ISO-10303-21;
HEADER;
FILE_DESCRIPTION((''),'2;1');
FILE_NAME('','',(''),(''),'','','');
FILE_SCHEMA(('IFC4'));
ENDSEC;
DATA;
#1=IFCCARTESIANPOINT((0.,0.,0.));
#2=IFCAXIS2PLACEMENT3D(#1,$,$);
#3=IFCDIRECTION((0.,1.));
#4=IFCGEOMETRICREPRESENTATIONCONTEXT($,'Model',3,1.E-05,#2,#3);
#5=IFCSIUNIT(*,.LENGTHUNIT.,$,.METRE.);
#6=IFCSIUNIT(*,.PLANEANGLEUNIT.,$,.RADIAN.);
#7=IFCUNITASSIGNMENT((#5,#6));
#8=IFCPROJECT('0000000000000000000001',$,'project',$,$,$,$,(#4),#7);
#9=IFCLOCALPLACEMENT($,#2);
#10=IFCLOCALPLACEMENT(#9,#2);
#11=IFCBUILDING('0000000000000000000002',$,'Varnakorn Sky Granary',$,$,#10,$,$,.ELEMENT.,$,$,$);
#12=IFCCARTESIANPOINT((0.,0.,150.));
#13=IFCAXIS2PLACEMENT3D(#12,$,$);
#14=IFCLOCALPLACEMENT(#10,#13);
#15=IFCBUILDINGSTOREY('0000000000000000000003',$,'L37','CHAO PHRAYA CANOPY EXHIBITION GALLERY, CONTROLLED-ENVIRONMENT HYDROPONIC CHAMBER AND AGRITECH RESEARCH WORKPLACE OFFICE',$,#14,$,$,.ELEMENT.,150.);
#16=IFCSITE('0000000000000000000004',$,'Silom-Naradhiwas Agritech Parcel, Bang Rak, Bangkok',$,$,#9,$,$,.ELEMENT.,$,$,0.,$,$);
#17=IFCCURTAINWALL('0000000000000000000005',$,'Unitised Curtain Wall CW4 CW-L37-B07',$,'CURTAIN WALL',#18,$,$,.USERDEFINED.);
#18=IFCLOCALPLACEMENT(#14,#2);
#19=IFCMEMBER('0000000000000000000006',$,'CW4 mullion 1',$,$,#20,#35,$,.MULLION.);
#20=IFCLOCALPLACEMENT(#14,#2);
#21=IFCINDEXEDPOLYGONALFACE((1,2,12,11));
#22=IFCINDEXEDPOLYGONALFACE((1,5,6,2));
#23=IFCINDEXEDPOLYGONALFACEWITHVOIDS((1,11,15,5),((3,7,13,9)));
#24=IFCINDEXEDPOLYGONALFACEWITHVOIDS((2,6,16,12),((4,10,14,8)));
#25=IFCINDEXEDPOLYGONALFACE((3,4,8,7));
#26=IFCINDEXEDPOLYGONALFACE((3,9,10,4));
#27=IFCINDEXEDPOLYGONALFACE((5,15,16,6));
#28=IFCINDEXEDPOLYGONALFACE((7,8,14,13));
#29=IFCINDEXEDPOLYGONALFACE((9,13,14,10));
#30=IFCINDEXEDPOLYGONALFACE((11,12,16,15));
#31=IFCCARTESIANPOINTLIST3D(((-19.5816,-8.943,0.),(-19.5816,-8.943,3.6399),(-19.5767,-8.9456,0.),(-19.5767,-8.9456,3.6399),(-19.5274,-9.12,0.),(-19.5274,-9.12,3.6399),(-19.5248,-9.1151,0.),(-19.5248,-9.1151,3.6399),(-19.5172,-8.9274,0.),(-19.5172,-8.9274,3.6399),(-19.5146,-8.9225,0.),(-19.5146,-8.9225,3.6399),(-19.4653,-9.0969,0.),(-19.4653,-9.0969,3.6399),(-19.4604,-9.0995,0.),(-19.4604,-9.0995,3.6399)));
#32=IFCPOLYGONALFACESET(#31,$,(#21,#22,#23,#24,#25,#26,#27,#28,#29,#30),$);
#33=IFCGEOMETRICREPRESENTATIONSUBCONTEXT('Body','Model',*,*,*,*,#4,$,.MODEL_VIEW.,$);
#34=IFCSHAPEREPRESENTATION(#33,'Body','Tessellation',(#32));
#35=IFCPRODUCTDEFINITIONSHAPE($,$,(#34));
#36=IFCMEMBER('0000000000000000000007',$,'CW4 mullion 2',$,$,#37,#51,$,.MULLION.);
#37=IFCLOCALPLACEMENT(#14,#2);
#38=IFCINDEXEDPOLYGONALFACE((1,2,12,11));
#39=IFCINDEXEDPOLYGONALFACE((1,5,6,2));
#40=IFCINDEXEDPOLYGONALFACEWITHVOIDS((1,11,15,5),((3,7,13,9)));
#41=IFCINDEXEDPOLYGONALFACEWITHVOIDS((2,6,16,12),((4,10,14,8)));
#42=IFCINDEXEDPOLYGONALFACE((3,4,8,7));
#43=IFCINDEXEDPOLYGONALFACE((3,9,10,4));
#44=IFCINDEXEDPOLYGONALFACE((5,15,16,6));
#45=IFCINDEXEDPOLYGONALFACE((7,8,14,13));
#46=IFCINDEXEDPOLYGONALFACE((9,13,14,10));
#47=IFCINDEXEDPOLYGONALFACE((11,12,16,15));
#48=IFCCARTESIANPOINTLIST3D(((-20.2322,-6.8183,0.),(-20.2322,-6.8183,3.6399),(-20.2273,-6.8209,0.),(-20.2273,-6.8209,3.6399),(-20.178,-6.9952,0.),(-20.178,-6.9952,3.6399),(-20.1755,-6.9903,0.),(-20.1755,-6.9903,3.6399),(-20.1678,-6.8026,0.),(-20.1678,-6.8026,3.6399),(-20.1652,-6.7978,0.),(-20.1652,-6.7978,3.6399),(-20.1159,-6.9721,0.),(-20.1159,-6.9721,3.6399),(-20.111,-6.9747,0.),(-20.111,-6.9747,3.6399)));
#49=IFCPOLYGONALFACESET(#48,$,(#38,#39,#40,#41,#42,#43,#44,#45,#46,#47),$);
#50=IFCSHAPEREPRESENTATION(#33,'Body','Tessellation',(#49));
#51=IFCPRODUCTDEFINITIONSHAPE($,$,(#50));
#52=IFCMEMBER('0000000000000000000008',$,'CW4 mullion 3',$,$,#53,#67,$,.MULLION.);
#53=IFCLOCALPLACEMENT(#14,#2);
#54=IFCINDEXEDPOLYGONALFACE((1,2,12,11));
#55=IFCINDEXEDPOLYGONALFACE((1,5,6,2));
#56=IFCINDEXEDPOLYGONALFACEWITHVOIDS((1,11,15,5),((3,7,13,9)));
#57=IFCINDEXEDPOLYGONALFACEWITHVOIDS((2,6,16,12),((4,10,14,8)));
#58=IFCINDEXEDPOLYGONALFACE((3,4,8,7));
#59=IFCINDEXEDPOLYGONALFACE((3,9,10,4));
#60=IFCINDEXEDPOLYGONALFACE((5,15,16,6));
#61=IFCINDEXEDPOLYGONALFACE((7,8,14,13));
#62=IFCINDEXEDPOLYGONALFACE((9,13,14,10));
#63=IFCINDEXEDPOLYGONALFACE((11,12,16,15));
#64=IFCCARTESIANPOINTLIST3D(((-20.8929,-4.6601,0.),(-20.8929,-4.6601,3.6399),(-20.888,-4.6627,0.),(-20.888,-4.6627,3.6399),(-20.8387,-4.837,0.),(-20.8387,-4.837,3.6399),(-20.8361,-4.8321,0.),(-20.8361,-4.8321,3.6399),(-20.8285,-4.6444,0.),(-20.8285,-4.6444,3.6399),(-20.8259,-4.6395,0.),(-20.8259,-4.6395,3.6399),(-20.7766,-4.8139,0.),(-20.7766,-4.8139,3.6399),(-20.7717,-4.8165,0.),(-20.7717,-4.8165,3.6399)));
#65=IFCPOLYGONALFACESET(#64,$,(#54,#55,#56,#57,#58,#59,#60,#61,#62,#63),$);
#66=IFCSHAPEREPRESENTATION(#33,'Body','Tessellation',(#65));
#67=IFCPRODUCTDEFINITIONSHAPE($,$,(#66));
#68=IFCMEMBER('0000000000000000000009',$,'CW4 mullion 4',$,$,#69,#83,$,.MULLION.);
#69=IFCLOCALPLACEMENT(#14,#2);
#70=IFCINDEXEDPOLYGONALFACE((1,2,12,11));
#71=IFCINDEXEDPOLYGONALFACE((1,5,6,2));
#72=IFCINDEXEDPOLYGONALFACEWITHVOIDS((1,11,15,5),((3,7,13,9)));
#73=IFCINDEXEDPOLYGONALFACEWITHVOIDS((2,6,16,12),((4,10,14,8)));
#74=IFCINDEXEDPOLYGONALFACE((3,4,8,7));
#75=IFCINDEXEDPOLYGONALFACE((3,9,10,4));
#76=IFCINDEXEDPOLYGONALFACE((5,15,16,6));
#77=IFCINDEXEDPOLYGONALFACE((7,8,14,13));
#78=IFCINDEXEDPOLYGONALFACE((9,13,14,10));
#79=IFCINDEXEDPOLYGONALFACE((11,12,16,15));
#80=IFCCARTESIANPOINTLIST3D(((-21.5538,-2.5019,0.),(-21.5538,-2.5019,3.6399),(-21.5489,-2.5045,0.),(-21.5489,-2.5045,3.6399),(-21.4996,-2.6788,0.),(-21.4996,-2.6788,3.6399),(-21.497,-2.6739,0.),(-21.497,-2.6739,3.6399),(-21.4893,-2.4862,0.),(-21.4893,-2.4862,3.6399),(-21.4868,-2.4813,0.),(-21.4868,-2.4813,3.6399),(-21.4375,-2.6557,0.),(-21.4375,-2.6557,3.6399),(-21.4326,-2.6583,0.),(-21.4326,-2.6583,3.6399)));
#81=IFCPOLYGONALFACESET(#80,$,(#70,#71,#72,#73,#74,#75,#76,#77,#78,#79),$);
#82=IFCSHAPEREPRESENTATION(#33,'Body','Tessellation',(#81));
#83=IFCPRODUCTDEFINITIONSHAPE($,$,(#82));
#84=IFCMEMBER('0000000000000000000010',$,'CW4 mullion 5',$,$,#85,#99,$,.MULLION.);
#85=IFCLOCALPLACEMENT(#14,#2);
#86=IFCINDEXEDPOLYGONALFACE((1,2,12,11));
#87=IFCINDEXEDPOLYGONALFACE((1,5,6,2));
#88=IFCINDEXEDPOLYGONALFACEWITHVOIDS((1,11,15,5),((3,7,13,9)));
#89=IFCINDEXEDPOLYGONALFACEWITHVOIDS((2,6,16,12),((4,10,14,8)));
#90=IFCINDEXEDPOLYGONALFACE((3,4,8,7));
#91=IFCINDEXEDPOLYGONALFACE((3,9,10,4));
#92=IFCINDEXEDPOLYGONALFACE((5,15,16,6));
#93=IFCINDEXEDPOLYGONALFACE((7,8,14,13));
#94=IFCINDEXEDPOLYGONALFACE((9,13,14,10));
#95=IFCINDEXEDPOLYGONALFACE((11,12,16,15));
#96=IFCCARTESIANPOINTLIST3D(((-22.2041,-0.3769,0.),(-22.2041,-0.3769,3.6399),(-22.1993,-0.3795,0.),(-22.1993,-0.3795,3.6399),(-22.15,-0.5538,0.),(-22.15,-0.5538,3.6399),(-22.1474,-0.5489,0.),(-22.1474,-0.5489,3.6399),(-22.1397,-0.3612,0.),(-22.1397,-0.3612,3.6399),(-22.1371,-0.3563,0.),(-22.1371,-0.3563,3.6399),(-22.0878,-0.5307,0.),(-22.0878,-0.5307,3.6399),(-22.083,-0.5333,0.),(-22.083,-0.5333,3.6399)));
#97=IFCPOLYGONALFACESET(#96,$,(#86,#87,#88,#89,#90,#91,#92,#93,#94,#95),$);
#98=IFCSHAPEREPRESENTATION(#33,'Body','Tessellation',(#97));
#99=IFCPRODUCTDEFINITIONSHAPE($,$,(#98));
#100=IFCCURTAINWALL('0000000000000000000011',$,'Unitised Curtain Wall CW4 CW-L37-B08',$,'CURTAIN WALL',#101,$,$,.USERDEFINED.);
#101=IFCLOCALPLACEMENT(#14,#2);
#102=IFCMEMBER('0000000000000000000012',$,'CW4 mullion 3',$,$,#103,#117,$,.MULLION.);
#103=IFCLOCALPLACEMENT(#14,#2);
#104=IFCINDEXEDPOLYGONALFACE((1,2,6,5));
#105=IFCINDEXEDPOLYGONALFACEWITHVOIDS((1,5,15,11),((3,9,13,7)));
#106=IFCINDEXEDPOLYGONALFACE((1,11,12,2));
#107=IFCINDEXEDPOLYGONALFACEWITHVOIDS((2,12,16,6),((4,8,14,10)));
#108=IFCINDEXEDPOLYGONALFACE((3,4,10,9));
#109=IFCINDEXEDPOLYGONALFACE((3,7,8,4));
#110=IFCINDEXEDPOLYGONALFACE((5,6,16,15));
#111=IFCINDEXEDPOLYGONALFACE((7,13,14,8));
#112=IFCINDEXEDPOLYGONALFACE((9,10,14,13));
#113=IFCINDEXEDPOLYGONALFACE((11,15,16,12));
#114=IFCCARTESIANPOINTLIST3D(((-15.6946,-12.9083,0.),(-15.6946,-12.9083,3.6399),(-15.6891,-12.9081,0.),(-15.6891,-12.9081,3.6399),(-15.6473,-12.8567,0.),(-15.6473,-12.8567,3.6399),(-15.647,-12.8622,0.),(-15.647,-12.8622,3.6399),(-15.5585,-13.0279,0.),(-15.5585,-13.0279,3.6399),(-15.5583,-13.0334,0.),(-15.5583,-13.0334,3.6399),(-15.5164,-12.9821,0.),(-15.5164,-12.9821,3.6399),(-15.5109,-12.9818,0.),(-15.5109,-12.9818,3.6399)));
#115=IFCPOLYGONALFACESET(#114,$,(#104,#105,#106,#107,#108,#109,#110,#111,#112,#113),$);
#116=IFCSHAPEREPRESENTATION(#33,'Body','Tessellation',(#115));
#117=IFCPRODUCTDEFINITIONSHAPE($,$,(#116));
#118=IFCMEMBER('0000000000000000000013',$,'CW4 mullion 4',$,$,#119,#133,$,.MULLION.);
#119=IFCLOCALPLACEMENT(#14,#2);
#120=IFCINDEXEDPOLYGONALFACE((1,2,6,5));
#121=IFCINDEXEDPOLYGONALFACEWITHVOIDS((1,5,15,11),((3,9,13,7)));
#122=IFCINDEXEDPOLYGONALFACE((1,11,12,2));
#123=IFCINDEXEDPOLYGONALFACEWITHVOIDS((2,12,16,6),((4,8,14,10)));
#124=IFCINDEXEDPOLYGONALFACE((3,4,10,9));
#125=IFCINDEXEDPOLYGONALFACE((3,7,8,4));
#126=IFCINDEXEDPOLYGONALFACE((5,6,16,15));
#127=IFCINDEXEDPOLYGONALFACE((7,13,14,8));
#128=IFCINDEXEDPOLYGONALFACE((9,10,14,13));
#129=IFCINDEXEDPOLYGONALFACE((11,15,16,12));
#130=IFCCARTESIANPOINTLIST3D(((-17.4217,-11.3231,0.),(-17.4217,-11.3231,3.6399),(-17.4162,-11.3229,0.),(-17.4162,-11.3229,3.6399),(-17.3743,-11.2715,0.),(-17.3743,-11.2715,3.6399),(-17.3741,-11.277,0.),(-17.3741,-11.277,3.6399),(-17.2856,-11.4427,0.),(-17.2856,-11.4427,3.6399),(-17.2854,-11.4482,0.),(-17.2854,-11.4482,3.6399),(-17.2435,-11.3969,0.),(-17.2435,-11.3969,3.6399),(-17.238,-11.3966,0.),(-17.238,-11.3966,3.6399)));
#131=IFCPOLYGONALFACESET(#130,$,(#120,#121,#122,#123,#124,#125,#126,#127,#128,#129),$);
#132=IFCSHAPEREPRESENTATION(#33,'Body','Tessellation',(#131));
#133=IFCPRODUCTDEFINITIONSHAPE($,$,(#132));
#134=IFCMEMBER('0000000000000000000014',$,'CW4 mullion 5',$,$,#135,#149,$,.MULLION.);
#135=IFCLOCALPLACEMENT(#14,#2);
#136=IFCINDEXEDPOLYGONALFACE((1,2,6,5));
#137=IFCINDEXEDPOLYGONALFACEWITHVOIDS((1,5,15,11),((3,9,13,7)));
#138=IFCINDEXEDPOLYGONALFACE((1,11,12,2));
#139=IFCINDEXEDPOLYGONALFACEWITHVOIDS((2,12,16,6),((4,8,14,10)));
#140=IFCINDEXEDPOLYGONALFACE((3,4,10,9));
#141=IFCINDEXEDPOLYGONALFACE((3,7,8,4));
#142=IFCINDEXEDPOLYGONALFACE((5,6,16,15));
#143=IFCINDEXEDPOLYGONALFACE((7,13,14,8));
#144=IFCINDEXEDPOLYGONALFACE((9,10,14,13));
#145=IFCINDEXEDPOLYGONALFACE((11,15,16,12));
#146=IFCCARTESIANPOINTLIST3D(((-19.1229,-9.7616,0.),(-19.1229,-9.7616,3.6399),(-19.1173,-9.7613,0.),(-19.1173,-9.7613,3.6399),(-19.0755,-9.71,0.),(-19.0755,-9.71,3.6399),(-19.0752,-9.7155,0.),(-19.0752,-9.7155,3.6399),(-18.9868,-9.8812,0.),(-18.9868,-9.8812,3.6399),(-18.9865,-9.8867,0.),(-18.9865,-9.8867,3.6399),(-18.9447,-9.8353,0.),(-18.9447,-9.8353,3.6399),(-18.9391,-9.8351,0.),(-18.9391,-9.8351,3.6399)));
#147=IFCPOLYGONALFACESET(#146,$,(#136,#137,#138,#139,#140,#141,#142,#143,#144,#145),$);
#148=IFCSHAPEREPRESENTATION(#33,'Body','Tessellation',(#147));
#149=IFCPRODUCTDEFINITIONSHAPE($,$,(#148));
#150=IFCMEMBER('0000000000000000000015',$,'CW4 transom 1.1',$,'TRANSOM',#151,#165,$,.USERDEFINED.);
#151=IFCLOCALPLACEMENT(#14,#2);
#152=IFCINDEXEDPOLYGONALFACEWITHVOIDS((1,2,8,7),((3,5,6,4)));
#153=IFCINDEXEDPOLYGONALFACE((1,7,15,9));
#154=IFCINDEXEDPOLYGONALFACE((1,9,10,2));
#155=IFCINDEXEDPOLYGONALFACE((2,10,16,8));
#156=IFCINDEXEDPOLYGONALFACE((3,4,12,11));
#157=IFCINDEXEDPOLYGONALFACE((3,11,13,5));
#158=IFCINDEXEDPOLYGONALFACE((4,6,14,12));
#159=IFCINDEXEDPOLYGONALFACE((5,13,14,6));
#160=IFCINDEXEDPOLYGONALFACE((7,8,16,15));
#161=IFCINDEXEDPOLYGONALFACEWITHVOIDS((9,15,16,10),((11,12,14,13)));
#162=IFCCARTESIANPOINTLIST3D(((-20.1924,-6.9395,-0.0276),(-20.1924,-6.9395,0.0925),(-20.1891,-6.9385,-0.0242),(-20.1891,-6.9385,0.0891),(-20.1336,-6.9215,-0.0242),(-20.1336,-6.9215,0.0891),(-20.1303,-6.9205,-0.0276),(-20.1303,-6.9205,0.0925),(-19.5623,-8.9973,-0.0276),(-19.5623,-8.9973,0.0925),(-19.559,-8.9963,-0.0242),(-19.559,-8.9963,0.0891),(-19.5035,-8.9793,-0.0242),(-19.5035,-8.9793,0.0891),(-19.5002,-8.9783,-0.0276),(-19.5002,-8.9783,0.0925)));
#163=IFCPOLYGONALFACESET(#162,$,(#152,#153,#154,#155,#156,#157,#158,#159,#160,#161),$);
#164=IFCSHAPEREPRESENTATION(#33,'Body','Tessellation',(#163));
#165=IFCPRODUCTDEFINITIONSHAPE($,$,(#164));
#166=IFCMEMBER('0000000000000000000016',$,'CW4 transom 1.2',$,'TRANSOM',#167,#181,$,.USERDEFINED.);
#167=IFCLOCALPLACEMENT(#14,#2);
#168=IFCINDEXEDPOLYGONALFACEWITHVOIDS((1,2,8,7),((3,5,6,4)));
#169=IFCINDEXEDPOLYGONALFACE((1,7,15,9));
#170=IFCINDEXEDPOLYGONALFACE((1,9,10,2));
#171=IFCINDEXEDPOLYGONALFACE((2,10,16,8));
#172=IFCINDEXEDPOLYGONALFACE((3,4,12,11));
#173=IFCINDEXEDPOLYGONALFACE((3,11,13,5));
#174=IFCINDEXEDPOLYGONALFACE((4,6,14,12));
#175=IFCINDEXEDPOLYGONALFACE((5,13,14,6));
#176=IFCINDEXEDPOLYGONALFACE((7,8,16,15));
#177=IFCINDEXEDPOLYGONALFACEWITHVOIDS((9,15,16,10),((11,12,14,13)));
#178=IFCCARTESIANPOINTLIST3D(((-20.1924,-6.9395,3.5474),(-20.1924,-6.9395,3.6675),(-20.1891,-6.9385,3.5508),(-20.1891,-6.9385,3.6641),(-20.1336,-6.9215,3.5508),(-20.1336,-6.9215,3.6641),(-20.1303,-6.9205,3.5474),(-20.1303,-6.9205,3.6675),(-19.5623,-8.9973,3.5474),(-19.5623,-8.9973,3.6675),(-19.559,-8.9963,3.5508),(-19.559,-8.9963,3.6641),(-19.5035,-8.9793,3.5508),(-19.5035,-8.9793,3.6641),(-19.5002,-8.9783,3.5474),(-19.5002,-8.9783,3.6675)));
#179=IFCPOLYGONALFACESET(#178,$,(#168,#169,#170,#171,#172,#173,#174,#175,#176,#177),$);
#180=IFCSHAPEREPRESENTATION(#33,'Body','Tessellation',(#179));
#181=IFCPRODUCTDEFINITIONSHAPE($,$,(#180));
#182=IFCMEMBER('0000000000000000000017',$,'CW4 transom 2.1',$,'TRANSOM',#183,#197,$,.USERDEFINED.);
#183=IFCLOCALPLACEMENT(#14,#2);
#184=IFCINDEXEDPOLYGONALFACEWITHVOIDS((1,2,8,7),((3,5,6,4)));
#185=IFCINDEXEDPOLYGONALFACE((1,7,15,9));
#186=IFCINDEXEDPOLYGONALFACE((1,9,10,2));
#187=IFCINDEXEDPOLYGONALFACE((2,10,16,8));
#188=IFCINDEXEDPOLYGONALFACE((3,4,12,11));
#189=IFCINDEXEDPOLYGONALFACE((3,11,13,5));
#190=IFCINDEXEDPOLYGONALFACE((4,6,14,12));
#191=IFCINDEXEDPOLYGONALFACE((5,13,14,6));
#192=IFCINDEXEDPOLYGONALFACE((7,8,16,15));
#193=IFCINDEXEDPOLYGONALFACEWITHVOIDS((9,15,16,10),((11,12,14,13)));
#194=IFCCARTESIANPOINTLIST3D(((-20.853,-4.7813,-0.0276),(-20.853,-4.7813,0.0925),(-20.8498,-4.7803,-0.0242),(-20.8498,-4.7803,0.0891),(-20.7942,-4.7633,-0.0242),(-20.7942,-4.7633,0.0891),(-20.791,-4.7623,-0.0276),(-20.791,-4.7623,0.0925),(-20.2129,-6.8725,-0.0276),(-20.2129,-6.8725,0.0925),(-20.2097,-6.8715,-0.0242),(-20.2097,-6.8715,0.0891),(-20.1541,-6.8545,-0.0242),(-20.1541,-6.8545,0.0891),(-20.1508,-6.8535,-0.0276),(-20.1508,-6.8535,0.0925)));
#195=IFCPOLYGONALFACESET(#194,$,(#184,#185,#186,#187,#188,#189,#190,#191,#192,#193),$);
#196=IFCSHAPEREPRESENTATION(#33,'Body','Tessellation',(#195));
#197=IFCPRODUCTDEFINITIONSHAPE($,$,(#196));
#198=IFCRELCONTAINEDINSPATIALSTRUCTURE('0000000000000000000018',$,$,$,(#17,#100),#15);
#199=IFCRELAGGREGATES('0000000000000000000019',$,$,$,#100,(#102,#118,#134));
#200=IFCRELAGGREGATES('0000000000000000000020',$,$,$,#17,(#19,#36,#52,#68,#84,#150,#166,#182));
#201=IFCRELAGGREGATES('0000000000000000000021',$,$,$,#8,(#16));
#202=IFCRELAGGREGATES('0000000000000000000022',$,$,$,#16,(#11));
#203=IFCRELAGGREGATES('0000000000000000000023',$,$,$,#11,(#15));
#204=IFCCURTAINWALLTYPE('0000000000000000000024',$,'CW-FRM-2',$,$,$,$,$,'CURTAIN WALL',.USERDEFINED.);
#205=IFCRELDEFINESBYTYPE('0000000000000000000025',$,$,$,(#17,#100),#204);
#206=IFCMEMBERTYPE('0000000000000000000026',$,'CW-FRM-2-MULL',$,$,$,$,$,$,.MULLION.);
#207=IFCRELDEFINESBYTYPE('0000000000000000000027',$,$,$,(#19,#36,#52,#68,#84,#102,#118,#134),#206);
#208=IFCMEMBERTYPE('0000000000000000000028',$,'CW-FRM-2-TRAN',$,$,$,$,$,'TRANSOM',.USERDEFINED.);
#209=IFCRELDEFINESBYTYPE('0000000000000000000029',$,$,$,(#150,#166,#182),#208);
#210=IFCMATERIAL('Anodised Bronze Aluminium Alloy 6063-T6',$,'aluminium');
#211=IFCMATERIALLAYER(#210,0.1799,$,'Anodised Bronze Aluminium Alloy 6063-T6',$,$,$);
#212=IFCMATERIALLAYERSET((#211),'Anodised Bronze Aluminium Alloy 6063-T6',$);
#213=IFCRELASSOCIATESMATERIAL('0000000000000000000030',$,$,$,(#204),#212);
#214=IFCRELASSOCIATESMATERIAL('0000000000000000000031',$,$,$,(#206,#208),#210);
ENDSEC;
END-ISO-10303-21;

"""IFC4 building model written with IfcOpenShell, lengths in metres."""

from ifc_helpers import new_model, si_unit, direction, frame, origin, origin_2d, place, context, subcontext, project, spatial, hollow_rectangle, extrude, material, layer, layer_set, material_profile, profile_set, type_object, element, aggregate, save


model = new_model("IFC4")

# Units and contexts
model_context = context("Model", 3, precision=1e-05, world=origin(), true_north=direction((0.0, 1.0)))
body_context = subcontext(model_context, "Body", "Model", "MODEL_VIEW")
ifc_project = project(units=[si_unit("LENGTHUNIT", "METRE"), si_unit("PLANEANGLEUNIT", "RADIAN")], contexts=[model_context])

# Site, building, storey
site_placement = place(None, origin())
site = spatial("IfcSite", under=ifc_project, at=site_placement, Name="Silom-Naradhiwas Agritech Parcel, Bang Rak, Bangkok", CompositionType="ELEMENT", RefElevation=0.0)
building_placement = place(site_placement, origin())
building = spatial("IfcBuilding", under=site, at=building_placement, Name="Varnakorn Sky Granary", CompositionType="ELEMENT")
storey_placement = place(building_placement, frame((0.0, 0.0, 150.0)))
storey = spatial("IfcBuildingStorey", under=building, at=storey_placement, Name="L37", Description="CHAO PHRAYA CANOPY EXHIBITION GALLERY, CONTROLLED-ENVIRONMENT HYDROPONIC CHAMBER AND AGRITECH RESEARCH WORKPLACE OFFICE", CompositionType="ELEMENT", Elevation=150.0)

# Curtain walls, members
ifc_material_1 = material(Name="Anodised Bronze Aluminium Alloy 6063-T6", Category="aluminium")
ifc_layer_1 = layer(ifc_material_1, 0.1799, Name="Anodised Bronze Aluminium Alloy 6063-T6")
ifc_layer_set_1 = layer_set([ifc_layer_1], Name="Anodised Bronze Aluminium Alloy 6063-T6")
curtain_wall_type = type_object("IfcCurtainWallType", Name="CW-FRM-2", ElementType="CURTAIN WALL", PredefinedType="USERDEFINED", material=ifc_layer_set_1)
curtain_wall_1_placement = place(storey_placement, origin())
curtain_wall_1 = element("IfcCurtainWall", 1, at=curtain_wall_1_placement, inside=storey, type_object=curtain_wall_type, Name="Unitised Curtain Wall CW4 CW-L37-B07", ObjectType="CURTAIN WALL", PredefinedType="USERDEFINED")
ifc_material_profile_1 = material_profile(ifc_material_1, hollow_rectangle(XDim=0.0701, YDim=0.1851, WallThickness=0.0039, at=origin_2d()), Name="ALU MULL 70x185")
ifc_profile_set_1 = profile_set([ifc_material_profile_1], Name="Anodised Bronze Aluminium Alloy 6063-T6")
member_type_1 = type_object("IfcMemberType", Name="CW-FRM-2-MULL", PredefinedType="MULLION", material=ifc_profile_set_1)
member_1_placement = place(storey_placement, frame((-19.521, -9.0212, 0.0), z_axis=(0.0, 0.0, 1.0), x_axis=(-0.95619, -0.292746, 0.0)))
member_1 = element("IfcMember", 2, at=member_1_placement, type_object=member_type_1, Name="CW4 mullion 1", PredefinedType="MULLION", context=body_context, shape_type="SweptSolid", body=[
    extrude(hollow_rectangle(XDim=0.0701, YDim=0.1851, WallThickness=0.0039, at=origin_2d()), origin(), (0.0, 0.0, 1.0), 3.6399),
])
member_2_placement = place(storey_placement, frame((-20.1716, -6.8965, 0.0), z_axis=(0.0, 0.0, 1.0), x_axis=(-0.95619, -0.292746, 0.0)))
member_2 = element("IfcMember", 3, at=member_2_placement, type_object=member_type_1, Name="CW4 mullion 2", PredefinedType="MULLION", context=body_context, shape_type="SweptSolid", body=[
    extrude(hollow_rectangle(XDim=0.0701, YDim=0.1851, WallThickness=0.0039, at=origin_2d()), origin(), (0.0, 0.0, 1.0), 3.6399),
])
member_3_placement = place(storey_placement, frame((-20.8323, -4.7383, 0.0), z_axis=(0.0, 0.0, 1.0), x_axis=(-0.95619, -0.292746, 0.0)))
member_3 = element("IfcMember", 4, at=member_3_placement, type_object=member_type_1, Name="CW4 mullion 3", PredefinedType="MULLION", context=body_context, shape_type="SweptSolid", body=[
    extrude(hollow_rectangle(XDim=0.0701, YDim=0.1851, WallThickness=0.0039, at=origin_2d()), origin(), (0.0, 0.0, 1.0), 3.6399),
])
member_4_placement = place(storey_placement, frame((-21.4932, -2.5801, 0.0), z_axis=(0.0, 0.0, 1.0), x_axis=(-0.95619, -0.292746, 0.0)))
member_4 = element("IfcMember", 5, at=member_4_placement, type_object=member_type_1, Name="CW4 mullion 4", PredefinedType="MULLION", context=body_context, shape_type="SweptSolid", body=[
    extrude(hollow_rectangle(XDim=0.0701, YDim=0.1851, WallThickness=0.0039, at=origin_2d()), origin(), (0.0, 0.0, 1.0), 3.6399),
])
member_5_placement = place(storey_placement, frame((-22.1436, -0.4551, 0.0), z_axis=(0.0, 0.0, 1.0), x_axis=(-0.95619, -0.292746, 0.0)))
member_5 = element("IfcMember", 6, at=member_5_placement, type_object=member_type_1, Name="CW4 mullion 5", PredefinedType="MULLION", context=body_context, shape_type="SweptSolid", body=[
    extrude(hollow_rectangle(XDim=0.0701, YDim=0.1851, WallThickness=0.0039, at=origin_2d()), origin(), (0.0, 0.0, 1.0), 3.6399),
])
curtain_wall_2_placement = place(storey_placement, origin())
curtain_wall_2 = element("IfcCurtainWall", 7, at=curtain_wall_2_placement, inside=storey, type_object=curtain_wall_type, Name="Unitised Curtain Wall CW4 CW-L37-B08", ObjectType="CURTAIN WALL", PredefinedType="USERDEFINED")
member_6_placement = place(storey_placement, frame((-15.6028, -12.9451, 0.0), z_axis=(0.0, 0.0, 1.0), x_axis=(-0.676226, -0.736694, 0.0)))
member_6 = element("IfcMember", 8, at=member_6_placement, type_object=member_type_1, Name="CW4 mullion 3", PredefinedType="MULLION", context=body_context, shape_type="SweptSolid", body=[
    extrude(hollow_rectangle(XDim=0.0701, YDim=0.1851, WallThickness=0.0039, at=origin_2d()), origin(), (0.0, 0.0, 1.0), 3.6399),
])
member_7_placement = place(storey_placement, frame((-17.3298, -11.3599, 0.0), z_axis=(0.0, 0.0, 1.0), x_axis=(-0.676226, -0.736694, 0.0)))
member_7 = element("IfcMember", 9, at=member_7_placement, type_object=member_type_1, Name="CW4 mullion 4", PredefinedType="MULLION", context=body_context, shape_type="SweptSolid", body=[
    extrude(hollow_rectangle(XDim=0.0701, YDim=0.1851, WallThickness=0.0039, at=origin_2d()), origin(), (0.0, 0.0, 1.0), 3.6399),
])
member_8_placement = place(storey_placement, frame((-19.031, -9.7983, 0.0), z_axis=(0.0, 0.0, 1.0), x_axis=(-0.676226, -0.736694, 0.0)))
member_8 = element("IfcMember", 10, at=member_8_placement, type_object=member_type_1, Name="CW4 mullion 5", PredefinedType="MULLION", context=body_context, shape_type="SweptSolid", body=[
    extrude(hollow_rectangle(XDim=0.0701, YDim=0.1851, WallThickness=0.0039, at=origin_2d()), origin(), (0.0, 0.0, 1.0), 3.6399),
])

# Members
ifc_material_profile_2 = material_profile(ifc_material_1, hollow_rectangle(XDim=0.0649, YDim=0.1201, WallThickness=0.0034, at=origin_2d()), Name="ALU TRAN 65x120")
ifc_profile_set_2 = profile_set([ifc_material_profile_2], Name="Anodised Bronze Aluminium Alloy 6063-T6")
member_type_2 = type_object("IfcMemberType", Name="CW-FRM-2-TRAN", ElementType="TRANSOM", PredefinedType="USERDEFINED", material=ifc_profile_set_2)
member_9_placement = place(storey_placement, frame((-19.5312, -8.9878, 0.0325), z_axis=(-0.292786, 0.956178, 0.0), x_axis=(-0.956178, -0.292786, 0.0)))
member_9 = element("IfcMember", 11, at=member_9_placement, type_object=member_type_2, Name="CW4 transom 1.1", ObjectType="TRANSOM", PredefinedType="USERDEFINED", context=body_context, shape_type="SweptSolid", body=[
    extrude(hollow_rectangle(XDim=0.0649, YDim=0.1201, WallThickness=0.0034, at=origin_2d()), origin(), (0.0, 0.0, 1.0), 2.1521),
])
member_10_placement = place(storey_placement, frame((-19.5312, -8.9878, 3.6074), z_axis=(-0.292786, 0.956178, 0.0), x_axis=(-0.956178, -0.292786, 0.0)))
member_10 = element("IfcMember", 12, at=member_10_placement, type_object=member_type_2, Name="CW4 transom 1.2", ObjectType="TRANSOM", PredefinedType="USERDEFINED", context=body_context, shape_type="SweptSolid", body=[
    extrude(hollow_rectangle(XDim=0.0649, YDim=0.1201, WallThickness=0.0034, at=origin_2d()), origin(), (0.0, 0.0, 1.0), 2.1521),
])
member_11_placement = place(storey_placement, frame((-20.1819, -6.863, 0.0325), z_axis=(-0.292689, 0.956208, 0.0), x_axis=(-0.956208, -0.292689, 0.0)))
member_11 = element("IfcMember", 13, at=member_11_placement, type_object=member_type_2, Name="CW4 transom 2.1", ObjectType="TRANSOM", PredefinedType="USERDEFINED", context=body_context, shape_type="SweptSolid", body=[
    extrude(hollow_rectangle(XDim=0.0649, YDim=0.1201, WallThickness=0.0034, at=origin_2d()), origin(), (0.0, 0.0, 1.0), 2.187),
])

aggregate(curtain_wall_2, [member_6, member_7, member_8])
aggregate(curtain_wall_1, [member_1, member_2, member_3, member_4, member_5, member_9, member_10, member_11])

save(model, "model.ifc")
